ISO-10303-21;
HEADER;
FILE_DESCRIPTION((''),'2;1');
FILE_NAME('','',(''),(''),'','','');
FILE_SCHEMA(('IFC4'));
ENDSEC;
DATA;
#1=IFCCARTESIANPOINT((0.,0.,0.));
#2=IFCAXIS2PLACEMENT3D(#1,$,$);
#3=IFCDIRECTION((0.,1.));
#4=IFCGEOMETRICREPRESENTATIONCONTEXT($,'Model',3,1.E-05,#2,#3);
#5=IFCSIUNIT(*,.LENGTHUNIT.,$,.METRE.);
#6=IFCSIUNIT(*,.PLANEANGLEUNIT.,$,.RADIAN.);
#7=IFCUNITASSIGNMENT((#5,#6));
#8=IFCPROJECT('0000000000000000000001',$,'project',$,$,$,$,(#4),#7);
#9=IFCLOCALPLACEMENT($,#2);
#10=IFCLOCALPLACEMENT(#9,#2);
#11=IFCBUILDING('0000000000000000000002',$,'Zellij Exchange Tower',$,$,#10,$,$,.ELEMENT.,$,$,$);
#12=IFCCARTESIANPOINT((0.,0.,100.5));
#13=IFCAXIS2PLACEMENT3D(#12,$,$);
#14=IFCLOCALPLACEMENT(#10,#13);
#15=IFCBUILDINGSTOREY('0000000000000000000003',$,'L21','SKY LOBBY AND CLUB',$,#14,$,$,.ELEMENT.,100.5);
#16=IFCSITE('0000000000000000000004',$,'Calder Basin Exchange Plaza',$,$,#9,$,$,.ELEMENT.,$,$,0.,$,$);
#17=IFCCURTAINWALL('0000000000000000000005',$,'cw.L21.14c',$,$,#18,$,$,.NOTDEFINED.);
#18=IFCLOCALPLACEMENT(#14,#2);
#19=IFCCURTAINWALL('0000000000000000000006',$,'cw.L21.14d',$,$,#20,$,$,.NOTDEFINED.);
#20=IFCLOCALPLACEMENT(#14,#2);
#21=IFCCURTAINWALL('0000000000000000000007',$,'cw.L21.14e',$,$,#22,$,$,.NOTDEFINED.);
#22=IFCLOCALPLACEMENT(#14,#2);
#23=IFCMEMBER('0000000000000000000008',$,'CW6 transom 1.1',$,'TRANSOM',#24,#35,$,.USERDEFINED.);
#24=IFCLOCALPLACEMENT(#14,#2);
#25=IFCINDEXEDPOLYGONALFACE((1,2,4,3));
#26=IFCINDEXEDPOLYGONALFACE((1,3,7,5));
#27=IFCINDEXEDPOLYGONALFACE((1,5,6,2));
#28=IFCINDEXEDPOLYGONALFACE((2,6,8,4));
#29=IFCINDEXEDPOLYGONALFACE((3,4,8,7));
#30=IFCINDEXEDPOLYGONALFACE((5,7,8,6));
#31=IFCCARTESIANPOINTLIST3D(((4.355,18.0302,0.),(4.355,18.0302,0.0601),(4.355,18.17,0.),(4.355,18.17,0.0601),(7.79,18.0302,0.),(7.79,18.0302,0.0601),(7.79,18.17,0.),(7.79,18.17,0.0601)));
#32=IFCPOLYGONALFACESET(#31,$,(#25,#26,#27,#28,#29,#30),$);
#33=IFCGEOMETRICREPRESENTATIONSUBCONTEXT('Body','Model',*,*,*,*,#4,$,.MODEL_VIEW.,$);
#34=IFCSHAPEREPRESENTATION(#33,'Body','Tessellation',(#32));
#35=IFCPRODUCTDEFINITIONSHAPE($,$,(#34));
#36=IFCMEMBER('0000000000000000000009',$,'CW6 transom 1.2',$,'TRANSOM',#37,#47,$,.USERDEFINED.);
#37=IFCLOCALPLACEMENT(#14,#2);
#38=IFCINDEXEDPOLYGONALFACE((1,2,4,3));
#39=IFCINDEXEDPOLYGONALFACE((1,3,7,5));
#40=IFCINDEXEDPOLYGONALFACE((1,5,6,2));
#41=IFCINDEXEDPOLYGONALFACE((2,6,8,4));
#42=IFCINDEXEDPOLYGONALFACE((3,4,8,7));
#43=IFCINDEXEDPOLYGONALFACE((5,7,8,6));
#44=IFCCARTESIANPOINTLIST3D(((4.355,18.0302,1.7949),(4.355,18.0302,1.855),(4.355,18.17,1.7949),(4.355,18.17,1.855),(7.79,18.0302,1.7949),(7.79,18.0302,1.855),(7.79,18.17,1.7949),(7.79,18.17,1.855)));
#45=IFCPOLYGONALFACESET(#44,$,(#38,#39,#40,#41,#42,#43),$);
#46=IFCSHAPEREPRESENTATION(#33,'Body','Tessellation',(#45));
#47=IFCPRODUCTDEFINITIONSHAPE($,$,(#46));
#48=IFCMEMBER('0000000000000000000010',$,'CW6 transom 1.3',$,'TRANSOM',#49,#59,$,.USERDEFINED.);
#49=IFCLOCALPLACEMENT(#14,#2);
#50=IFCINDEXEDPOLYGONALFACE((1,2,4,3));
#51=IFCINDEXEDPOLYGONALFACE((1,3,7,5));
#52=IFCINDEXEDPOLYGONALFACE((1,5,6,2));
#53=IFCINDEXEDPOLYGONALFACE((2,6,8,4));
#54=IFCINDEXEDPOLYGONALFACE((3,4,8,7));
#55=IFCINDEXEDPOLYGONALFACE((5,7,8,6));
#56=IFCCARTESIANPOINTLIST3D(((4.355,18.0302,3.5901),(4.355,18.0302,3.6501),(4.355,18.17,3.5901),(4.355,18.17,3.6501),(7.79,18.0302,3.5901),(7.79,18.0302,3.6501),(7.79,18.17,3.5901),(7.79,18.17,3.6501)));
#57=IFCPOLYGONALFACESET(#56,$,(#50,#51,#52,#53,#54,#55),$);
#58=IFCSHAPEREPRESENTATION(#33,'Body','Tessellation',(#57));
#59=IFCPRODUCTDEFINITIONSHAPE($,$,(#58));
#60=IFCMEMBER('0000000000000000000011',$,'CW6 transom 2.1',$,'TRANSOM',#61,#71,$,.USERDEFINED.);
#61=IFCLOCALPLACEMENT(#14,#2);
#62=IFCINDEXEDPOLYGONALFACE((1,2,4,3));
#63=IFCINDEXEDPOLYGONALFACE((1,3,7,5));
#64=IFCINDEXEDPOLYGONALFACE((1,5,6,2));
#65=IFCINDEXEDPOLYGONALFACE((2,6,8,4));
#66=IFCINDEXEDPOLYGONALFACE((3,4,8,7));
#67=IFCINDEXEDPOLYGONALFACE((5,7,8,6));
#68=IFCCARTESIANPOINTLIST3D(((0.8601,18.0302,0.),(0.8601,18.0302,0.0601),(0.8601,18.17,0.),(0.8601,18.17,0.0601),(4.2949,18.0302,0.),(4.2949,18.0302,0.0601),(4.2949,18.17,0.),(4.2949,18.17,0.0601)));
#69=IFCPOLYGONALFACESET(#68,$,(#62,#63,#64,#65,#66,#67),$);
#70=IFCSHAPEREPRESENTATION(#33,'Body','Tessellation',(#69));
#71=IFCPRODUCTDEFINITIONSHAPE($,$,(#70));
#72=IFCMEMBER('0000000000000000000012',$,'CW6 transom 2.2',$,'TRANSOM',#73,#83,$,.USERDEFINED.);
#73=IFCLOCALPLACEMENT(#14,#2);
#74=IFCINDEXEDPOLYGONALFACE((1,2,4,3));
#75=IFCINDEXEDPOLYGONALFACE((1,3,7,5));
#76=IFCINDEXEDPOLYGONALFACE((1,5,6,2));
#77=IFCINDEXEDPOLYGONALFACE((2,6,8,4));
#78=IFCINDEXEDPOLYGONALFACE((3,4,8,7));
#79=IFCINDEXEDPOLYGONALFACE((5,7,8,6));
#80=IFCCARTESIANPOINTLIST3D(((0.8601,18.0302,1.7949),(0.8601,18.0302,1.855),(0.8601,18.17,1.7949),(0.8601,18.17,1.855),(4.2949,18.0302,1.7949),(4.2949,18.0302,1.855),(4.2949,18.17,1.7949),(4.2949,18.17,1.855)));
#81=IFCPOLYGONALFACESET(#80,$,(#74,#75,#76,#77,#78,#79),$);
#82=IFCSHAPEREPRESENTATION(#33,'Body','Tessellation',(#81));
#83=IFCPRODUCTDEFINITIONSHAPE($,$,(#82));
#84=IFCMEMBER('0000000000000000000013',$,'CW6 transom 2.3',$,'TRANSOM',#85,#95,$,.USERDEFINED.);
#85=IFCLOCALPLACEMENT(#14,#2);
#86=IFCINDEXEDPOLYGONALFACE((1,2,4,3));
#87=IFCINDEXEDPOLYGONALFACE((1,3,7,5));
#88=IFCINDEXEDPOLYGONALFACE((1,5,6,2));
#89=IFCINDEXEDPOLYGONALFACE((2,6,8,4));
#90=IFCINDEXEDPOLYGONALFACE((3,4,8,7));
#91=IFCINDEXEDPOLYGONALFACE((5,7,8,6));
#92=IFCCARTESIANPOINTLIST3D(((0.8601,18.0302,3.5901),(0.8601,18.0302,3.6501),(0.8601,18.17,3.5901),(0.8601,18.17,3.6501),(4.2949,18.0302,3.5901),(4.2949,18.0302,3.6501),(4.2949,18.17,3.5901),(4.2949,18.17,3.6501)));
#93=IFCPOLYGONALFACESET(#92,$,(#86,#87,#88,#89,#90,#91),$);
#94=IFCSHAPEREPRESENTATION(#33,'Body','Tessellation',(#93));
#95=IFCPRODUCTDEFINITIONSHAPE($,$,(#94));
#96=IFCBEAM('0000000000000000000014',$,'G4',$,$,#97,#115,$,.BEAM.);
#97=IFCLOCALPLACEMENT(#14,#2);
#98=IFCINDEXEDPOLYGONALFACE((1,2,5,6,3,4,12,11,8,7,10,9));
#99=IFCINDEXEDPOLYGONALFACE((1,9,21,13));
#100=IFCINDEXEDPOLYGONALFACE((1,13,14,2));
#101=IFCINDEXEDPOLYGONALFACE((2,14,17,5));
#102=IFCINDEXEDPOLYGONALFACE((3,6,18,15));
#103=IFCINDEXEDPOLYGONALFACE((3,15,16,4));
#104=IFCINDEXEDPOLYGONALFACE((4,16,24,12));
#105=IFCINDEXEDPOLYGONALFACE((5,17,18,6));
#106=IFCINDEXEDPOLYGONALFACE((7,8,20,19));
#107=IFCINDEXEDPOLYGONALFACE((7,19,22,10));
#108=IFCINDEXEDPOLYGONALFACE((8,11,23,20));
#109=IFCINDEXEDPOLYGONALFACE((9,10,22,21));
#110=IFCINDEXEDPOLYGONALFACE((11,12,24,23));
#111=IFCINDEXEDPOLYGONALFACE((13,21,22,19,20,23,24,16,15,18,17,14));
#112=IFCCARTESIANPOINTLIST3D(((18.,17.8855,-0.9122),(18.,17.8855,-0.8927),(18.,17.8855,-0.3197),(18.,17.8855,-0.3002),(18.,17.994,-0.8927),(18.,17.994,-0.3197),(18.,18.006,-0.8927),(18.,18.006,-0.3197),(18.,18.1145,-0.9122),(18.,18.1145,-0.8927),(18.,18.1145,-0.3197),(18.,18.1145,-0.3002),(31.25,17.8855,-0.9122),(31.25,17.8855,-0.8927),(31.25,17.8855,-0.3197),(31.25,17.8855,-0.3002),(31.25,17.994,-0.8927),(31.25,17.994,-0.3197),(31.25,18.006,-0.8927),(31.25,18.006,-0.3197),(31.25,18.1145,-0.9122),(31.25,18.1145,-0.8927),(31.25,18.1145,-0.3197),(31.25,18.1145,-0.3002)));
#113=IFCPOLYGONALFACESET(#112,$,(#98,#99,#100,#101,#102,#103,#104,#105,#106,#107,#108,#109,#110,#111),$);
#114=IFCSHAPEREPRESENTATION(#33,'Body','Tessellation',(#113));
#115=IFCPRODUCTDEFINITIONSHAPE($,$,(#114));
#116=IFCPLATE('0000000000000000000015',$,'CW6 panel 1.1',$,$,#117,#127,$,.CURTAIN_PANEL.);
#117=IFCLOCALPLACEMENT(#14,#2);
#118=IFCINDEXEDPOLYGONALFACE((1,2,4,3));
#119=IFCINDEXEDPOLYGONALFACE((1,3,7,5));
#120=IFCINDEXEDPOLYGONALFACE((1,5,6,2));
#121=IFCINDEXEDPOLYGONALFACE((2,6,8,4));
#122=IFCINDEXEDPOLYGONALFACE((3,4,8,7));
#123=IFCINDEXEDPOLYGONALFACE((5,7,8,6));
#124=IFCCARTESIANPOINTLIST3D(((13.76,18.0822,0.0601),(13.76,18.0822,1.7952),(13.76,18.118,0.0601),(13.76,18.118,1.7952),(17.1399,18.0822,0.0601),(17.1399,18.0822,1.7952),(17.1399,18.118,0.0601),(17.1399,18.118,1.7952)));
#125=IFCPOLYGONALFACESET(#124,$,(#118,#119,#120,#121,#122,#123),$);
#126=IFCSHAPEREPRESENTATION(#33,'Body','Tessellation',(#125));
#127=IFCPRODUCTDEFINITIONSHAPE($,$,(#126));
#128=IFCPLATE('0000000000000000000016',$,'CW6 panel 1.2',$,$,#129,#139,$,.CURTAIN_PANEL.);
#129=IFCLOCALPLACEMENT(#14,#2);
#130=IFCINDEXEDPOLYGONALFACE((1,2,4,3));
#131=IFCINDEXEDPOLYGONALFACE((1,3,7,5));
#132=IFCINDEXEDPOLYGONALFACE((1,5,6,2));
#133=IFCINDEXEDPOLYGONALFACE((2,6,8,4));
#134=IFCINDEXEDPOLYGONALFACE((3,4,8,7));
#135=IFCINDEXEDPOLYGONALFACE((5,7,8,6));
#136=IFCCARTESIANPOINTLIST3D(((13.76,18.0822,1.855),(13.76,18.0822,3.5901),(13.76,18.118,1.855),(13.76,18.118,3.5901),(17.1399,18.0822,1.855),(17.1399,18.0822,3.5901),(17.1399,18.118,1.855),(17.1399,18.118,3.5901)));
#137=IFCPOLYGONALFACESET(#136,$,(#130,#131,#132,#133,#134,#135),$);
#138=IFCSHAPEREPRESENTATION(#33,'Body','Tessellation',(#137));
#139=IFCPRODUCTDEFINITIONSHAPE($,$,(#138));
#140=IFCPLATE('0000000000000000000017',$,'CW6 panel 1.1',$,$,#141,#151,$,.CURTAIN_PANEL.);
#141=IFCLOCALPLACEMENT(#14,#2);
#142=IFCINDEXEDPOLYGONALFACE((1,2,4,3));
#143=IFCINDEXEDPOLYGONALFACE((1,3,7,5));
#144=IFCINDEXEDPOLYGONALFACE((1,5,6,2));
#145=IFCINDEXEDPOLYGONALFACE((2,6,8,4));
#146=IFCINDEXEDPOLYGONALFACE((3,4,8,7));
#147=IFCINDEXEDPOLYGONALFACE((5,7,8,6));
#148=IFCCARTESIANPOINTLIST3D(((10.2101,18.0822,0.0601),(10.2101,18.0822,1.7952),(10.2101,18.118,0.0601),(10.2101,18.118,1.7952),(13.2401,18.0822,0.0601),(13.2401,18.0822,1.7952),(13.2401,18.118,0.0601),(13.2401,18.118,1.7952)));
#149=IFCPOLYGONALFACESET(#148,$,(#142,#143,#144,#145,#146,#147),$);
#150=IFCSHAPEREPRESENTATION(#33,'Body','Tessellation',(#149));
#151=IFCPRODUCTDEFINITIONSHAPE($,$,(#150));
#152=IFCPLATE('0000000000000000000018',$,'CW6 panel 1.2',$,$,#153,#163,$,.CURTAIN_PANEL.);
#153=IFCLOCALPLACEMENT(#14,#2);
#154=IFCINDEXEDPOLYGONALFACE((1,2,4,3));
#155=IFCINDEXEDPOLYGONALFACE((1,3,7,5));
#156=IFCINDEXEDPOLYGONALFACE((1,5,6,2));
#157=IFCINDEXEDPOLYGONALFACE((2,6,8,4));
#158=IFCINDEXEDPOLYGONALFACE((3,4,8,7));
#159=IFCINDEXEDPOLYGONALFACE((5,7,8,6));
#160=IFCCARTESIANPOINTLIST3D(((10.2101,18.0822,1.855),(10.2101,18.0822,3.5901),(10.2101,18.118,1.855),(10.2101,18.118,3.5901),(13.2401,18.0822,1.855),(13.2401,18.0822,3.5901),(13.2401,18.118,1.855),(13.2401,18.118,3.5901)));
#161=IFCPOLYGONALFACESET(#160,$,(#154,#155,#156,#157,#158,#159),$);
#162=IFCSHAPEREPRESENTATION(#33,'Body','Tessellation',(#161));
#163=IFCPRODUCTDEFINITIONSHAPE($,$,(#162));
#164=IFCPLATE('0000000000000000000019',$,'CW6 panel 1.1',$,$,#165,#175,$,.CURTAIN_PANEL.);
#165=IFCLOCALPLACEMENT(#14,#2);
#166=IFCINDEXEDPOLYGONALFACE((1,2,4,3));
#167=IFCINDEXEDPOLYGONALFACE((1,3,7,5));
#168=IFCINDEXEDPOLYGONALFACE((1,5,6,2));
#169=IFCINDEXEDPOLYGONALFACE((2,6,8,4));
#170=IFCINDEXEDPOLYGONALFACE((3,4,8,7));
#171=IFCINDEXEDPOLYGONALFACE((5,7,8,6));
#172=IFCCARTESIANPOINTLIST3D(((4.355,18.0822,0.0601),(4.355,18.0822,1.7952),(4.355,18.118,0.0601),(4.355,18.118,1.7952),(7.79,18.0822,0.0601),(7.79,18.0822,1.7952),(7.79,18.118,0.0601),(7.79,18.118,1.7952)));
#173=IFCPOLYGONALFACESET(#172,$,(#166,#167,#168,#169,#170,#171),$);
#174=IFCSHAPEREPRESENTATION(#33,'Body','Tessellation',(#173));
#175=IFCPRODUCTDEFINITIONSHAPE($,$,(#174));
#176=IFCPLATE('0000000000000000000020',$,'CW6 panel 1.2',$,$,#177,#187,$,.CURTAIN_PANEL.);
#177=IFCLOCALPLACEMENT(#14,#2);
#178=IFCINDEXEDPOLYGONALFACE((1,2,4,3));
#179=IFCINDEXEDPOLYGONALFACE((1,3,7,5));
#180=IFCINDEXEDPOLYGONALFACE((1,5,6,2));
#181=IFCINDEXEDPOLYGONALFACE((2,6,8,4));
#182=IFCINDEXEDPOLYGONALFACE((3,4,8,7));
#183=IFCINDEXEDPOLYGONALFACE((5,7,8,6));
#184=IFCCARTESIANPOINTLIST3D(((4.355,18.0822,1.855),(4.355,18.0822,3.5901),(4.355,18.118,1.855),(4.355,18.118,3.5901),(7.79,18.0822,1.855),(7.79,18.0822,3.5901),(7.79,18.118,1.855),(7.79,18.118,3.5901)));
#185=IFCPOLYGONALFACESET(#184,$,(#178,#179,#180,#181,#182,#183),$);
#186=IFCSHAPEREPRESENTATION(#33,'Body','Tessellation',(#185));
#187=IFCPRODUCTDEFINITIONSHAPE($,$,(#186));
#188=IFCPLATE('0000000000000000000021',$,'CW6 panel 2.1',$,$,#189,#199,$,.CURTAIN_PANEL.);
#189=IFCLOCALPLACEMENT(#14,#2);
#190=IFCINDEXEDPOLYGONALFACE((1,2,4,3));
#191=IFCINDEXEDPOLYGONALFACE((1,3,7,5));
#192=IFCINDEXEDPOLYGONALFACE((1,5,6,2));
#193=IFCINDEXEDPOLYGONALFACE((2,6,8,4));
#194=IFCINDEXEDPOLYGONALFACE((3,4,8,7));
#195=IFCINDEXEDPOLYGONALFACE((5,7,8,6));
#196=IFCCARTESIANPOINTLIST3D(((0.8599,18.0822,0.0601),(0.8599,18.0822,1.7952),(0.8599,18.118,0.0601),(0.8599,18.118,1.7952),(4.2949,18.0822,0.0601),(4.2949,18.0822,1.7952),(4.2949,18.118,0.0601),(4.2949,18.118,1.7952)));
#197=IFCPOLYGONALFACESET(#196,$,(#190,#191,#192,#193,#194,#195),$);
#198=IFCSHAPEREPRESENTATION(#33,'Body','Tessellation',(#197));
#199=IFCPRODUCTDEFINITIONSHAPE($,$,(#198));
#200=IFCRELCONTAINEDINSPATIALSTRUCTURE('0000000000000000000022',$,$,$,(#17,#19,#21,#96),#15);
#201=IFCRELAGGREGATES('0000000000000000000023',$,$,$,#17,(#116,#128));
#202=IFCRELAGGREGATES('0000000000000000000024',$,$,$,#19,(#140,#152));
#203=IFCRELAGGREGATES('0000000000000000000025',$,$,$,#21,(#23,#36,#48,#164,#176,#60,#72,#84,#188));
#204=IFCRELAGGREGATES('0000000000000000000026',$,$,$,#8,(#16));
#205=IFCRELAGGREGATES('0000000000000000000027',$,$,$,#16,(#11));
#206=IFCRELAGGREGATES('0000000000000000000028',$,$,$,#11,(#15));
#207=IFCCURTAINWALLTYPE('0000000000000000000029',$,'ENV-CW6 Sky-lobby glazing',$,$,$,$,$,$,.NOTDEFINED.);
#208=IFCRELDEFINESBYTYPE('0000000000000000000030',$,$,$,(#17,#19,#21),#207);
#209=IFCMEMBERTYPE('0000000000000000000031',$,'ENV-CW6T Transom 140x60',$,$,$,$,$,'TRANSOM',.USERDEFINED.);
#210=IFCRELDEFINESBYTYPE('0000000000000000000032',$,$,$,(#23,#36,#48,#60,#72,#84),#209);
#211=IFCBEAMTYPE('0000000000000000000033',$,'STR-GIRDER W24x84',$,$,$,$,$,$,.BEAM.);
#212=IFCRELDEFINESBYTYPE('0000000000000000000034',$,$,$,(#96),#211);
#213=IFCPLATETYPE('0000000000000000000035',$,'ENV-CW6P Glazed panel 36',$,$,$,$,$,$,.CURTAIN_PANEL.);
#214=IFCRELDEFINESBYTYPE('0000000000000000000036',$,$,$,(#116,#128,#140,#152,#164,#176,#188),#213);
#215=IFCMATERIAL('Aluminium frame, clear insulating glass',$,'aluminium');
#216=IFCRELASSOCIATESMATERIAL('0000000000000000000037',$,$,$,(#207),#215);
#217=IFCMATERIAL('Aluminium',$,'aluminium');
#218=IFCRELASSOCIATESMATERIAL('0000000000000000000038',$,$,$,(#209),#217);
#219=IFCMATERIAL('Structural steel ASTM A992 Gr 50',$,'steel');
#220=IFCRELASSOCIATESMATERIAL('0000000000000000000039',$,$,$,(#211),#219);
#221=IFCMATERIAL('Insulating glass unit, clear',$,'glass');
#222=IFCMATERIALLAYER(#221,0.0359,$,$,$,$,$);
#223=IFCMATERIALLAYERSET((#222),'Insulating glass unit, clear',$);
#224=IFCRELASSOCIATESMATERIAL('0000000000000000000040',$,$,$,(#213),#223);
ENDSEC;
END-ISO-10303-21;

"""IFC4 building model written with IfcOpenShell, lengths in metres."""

from ifc_helpers import new_model, si_unit, direction, frame, origin, origin_2d, place, context, subcontext, project, spatial, rectangle, i_section, extrude, material, layer, layer_set, material_profile, profile_set, type_object, element, aggregate, save


model = new_model("IFC4")

# Units and contexts
model_context = context("Model", 3, precision=1e-05, world=origin(), true_north=direction((0.0, 1.0)))
body_context = subcontext(model_context, "Body", "Model", "MODEL_VIEW")
ifc_project = project(units=[si_unit("LENGTHUNIT", "METRE"), si_unit("PLANEANGLEUNIT", "RADIAN")], contexts=[model_context])

# Site, building, storey
site_placement = place(None, origin())
site = spatial("IfcSite", under=ifc_project, at=site_placement, Name="Calder Basin Exchange Plaza", CompositionType="ELEMENT", RefElevation=0.0)
building_placement = place(site_placement, origin())
building = spatial("IfcBuilding", under=site, at=building_placement, Name="Zellij Exchange Tower", CompositionType="ELEMENT")
storey_placement = place(building_placement, frame((0.0, 0.0, 100.5)))
storey = spatial("IfcBuildingStorey", under=building, at=storey_placement, Name="L21", Description="SKY LOBBY AND CLUB", CompositionType="ELEMENT", Elevation=100.5)

# Curtain walls
ifc_material_1 = material(Name="Aluminium frame, clear insulating glass", Category="aluminium")
curtain_wall_type = type_object("IfcCurtainWallType", Name="ENV-CW6 Sky-lobby glazing", PredefinedType="NOTDEFINED", material=ifc_material_1)
curtain_wall_1_placement = place(storey_placement, origin())
curtain_wall_1 = element("IfcCurtainWall", 1, at=curtain_wall_1_placement, inside=storey, type_object=curtain_wall_type, Name="cw.L21.14c", PredefinedType="NOTDEFINED")
ifc_material_2 = material(Name="Aluminium", Category="aluminium")
curtain_wall_2_placement = place(storey_placement, origin())
curtain_wall_2 = element("IfcCurtainWall", 2, at=curtain_wall_2_placement, inside=storey, type_object=curtain_wall_type, Name="cw.L21.14d", PredefinedType="NOTDEFINED")
curtain_wall_3_placement = place(storey_placement, origin())
curtain_wall_3 = element("IfcCurtainWall", 3, at=curtain_wall_3_placement, inside=storey, type_object=curtain_wall_type, Name="cw.L21.14e", PredefinedType="NOTDEFINED")

# Members
ifc_material_profile_1 = material_profile(ifc_material_2, rectangle(XDim=0.1399, YDim=0.0601, at=origin_2d()), Name="AL 140x60")
ifc_profile_set_1 = profile_set([ifc_material_profile_1], Name="Aluminium")
member_type_1 = type_object("IfcMemberType", Name="ENV-CW6T Transom 140x60", ElementType="TRANSOM", PredefinedType="USERDEFINED", material=ifc_profile_set_1)
member_1_placement = place(storey_placement, frame((7.79, 18.1001, 0.03), z_axis=(-1.0, 0.0, 0.0), x_axis=(0.0, -1.0, 0.0)))
member_1 = element("IfcMember", 4, at=member_1_placement, type_object=member_type_1, Name="CW6 transom 1.1", ObjectType="TRANSOM", PredefinedType="USERDEFINED", context=body_context, shape_type="SweptSolid", body=[
    extrude(rectangle(XDim=0.1399, YDim=0.0601, at=origin_2d()), origin(), (0.0, 0.0, 1.0), 3.4351),
])
member_2_placement = place(storey_placement, frame((7.79, 18.1001, 1.825), z_axis=(-1.0, 0.0, 0.0), x_axis=(0.0, -1.0, 0.0)))
member_2 = element("IfcMember", 5, at=member_2_placement, type_object=member_type_1, Name="CW6 transom 1.2", ObjectType="TRANSOM", PredefinedType="USERDEFINED", context=body_context, shape_type="SweptSolid", body=[
    extrude(rectangle(XDim=0.1399, YDim=0.0601, at=origin_2d()), origin(), (0.0, 0.0, 1.0), 3.4351),
])
member_3_placement = place(storey_placement, frame((7.79, 18.1001, 3.6201), z_axis=(-1.0, 0.0, 0.0), x_axis=(0.0, -1.0, 0.0)))
member_3 = element("IfcMember", 6, at=member_3_placement, type_object=member_type_1, Name="CW6 transom 1.3", ObjectType="TRANSOM", PredefinedType="USERDEFINED", context=body_context, shape_type="SweptSolid", body=[
    extrude(rectangle(XDim=0.1399, YDim=0.0601, at=origin_2d()), origin(), (0.0, 0.0, 1.0), 3.4351),
])
member_4_placement = place(storey_placement, frame((4.2949, 18.1001, 0.03), z_axis=(-1.0, 0.0, 0.0), x_axis=(0.0, -1.0, 0.0)))
member_4 = element("IfcMember", 7, at=member_4_placement, type_object=member_type_1, Name="CW6 transom 2.1", ObjectType="TRANSOM", PredefinedType="USERDEFINED", context=body_context, shape_type="SweptSolid", body=[
    extrude(rectangle(XDim=0.1399, YDim=0.0601, at=origin_2d()), origin(), (0.0, 0.0, 1.0), 3.4348),
])
member_5_placement = place(storey_placement, frame((4.2949, 18.1001, 1.825), z_axis=(-1.0, 0.0, 0.0), x_axis=(0.0, -1.0, 0.0)))
member_5 = element("IfcMember", 8, at=member_5_placement, type_object=member_type_1, Name="CW6 transom 2.2", ObjectType="TRANSOM", PredefinedType="USERDEFINED", context=body_context, shape_type="SweptSolid", body=[
    extrude(rectangle(XDim=0.1399, YDim=0.0601, at=origin_2d()), origin(), (0.0, 0.0, 1.0), 3.4348),
])
member_6_placement = place(storey_placement, frame((4.2949, 18.1001, 3.6201), z_axis=(-1.0, 0.0, 0.0), x_axis=(0.0, -1.0, 0.0)))
member_6 = element("IfcMember", 9, at=member_6_placement, type_object=member_type_1, Name="CW6 transom 2.3", ObjectType="TRANSOM", PredefinedType="USERDEFINED", context=body_context, shape_type="SweptSolid", body=[
    extrude(rectangle(XDim=0.1399, YDim=0.0601, at=origin_2d()), origin(), (0.0, 0.0, 1.0), 3.4348),
])

# Beam
ifc_material_3 = material(Name="Structural steel ASTM A992 Gr 50", Category="steel")
ifc_material_profile_2 = material_profile(ifc_material_3, i_section(OverallWidth=0.229, OverallDepth=0.6121, WebThickness=0.012, FlangeThickness=0.0195, at=origin_2d()), Name="W24x84")
ifc_profile_set_2 = profile_set([ifc_material_profile_2], Name="Structural steel ASTM A992 Gr 50")
beam_type = type_object("IfcBeamType", Name="STR-GIRDER W24x84", PredefinedType="BEAM", material=ifc_profile_set_2)
beam_placement = place(storey_placement, frame((18.0, 18.0, -0.6062), z_axis=(1.0, 0.0, 0.0), x_axis=(0.0, 1.0, 0.0)))
element("IfcBeam", 10, at=beam_placement, inside=storey, type_object=beam_type, Name="G4", PredefinedType="BEAM", context=body_context, shape_type="SweptSolid", body=[
    extrude(i_section(OverallWidth=0.229, OverallDepth=0.6121, WebThickness=0.012, FlangeThickness=0.0195, at=origin_2d()), origin(), (0.0, 0.0, 1.0), 13.25),
])

# Plates
ifc_material_4 = material(Name="Insulating glass unit, clear", Category="glass")
ifc_layer_1 = layer(ifc_material_4, 0.0359)
ifc_layer_set_1 = layer_set([ifc_layer_1], Name="Insulating glass unit, clear")
plate_type = type_object("IfcPlateType", Name="ENV-CW6P Glazed panel 36", PredefinedType="CURTAIN_PANEL", material=ifc_layer_set_1)
plate_1_placement = place(storey_placement, frame((15.45, 18.1001, 0.0601), z_axis=(0.0, 0.0, 1.0), x_axis=(-1.0, 0.0, 0.0)))
plate_1 = element("IfcPlate", 11, at=plate_1_placement, type_object=plate_type, Name="CW6 panel 1.1", PredefinedType="CURTAIN_PANEL", context=body_context, shape_type="SweptSolid", body=[
    extrude(rectangle(XDim=3.3799, YDim=0.0359, at=origin_2d()), origin(), (0.0, 0.0, 1.0), 1.7351),
])
plate_2_placement = place(storey_placement, frame((15.45, 18.1001, 1.855), z_axis=(0.0, 0.0, 1.0), x_axis=(-1.0, 0.0, 0.0)))
plate_2 = element("IfcPlate", 12, at=plate_2_placement, type_object=plate_type, Name="CW6 panel 1.2", PredefinedType="CURTAIN_PANEL", context=body_context, shape_type="SweptSolid", body=[
    extrude(rectangle(XDim=3.3799, YDim=0.0359, at=origin_2d()), origin(), (0.0, 0.0, 1.0), 1.7351),
])
aggregate(curtain_wall_1, [plate_1, plate_2])
plate_3_placement = place(storey_placement, frame((11.7251, 18.1001, 0.0601), z_axis=(0.0, 0.0, 1.0), x_axis=(-1.0, 0.0, 0.0)))
plate_3 = element("IfcPlate", 13, at=plate_3_placement, type_object=plate_type, Name="CW6 panel 1.1", PredefinedType="CURTAIN_PANEL", context=body_context, shape_type="SweptSolid", body=[
    extrude(rectangle(XDim=3.03, YDim=0.0359, at=origin_2d()), origin(), (0.0, 0.0, 1.0), 1.7351),
])
plate_4_placement = place(storey_placement, frame((11.7251, 18.1001, 1.855), z_axis=(0.0, 0.0, 1.0), x_axis=(-1.0, 0.0, 0.0)))
plate_4 = element("IfcPlate", 14, at=plate_4_placement, type_object=plate_type, Name="CW6 panel 1.2", PredefinedType="CURTAIN_PANEL", context=body_context, shape_type="SweptSolid", body=[
    extrude(rectangle(XDim=3.03, YDim=0.0359, at=origin_2d()), origin(), (0.0, 0.0, 1.0), 1.7351),
])
aggregate(curtain_wall_2, [plate_3, plate_4])
plate_5_placement = place(storey_placement, frame((6.0725, 18.1001, 0.0601), z_axis=(0.0, 0.0, 1.0), x_axis=(-1.0, 0.0, 0.0)))
plate_5 = element("IfcPlate", 15, at=plate_5_placement, type_object=plate_type, Name="CW6 panel 1.1", PredefinedType="CURTAIN_PANEL", context=body_context, shape_type="SweptSolid", body=[
    extrude(rectangle(XDim=3.4351, YDim=0.0359, at=origin_2d()), origin(), (0.0, 0.0, 1.0), 1.7351),
])
plate_6_placement = place(storey_placement, frame((6.0725, 18.1001, 1.855), z_axis=(0.0, 0.0, 1.0), x_axis=(-1.0, 0.0, 0.0)))
plate_6 = element("IfcPlate", 16, at=plate_6_placement, type_object=plate_type, Name="CW6 panel 1.2", PredefinedType="CURTAIN_PANEL", context=body_context, shape_type="SweptSolid", body=[
    extrude(rectangle(XDim=3.4351, YDim=0.0359, at=origin_2d()), origin(), (0.0, 0.0, 1.0), 1.7351),
])
plate_7_placement = place(storey_placement, frame((2.5774, 18.1001, 0.0601), z_axis=(0.0, 0.0, 1.0), x_axis=(-1.0, 0.0, 0.0)))
plate_7 = element("IfcPlate", 17, at=plate_7_placement, type_object=plate_type, Name="CW6 panel 2.1", PredefinedType="CURTAIN_PANEL", context=body_context, shape_type="SweptSolid", body=[
    extrude(rectangle(XDim=3.4351, YDim=0.0359, at=origin_2d()), origin(), (0.0, 0.0, 1.0), 1.7351),
])
aggregate(curtain_wall_3, [member_1, member_2, member_3, plate_5, plate_6, member_4, member_5, member_6, plate_7])

save(model, "model.ifc")
